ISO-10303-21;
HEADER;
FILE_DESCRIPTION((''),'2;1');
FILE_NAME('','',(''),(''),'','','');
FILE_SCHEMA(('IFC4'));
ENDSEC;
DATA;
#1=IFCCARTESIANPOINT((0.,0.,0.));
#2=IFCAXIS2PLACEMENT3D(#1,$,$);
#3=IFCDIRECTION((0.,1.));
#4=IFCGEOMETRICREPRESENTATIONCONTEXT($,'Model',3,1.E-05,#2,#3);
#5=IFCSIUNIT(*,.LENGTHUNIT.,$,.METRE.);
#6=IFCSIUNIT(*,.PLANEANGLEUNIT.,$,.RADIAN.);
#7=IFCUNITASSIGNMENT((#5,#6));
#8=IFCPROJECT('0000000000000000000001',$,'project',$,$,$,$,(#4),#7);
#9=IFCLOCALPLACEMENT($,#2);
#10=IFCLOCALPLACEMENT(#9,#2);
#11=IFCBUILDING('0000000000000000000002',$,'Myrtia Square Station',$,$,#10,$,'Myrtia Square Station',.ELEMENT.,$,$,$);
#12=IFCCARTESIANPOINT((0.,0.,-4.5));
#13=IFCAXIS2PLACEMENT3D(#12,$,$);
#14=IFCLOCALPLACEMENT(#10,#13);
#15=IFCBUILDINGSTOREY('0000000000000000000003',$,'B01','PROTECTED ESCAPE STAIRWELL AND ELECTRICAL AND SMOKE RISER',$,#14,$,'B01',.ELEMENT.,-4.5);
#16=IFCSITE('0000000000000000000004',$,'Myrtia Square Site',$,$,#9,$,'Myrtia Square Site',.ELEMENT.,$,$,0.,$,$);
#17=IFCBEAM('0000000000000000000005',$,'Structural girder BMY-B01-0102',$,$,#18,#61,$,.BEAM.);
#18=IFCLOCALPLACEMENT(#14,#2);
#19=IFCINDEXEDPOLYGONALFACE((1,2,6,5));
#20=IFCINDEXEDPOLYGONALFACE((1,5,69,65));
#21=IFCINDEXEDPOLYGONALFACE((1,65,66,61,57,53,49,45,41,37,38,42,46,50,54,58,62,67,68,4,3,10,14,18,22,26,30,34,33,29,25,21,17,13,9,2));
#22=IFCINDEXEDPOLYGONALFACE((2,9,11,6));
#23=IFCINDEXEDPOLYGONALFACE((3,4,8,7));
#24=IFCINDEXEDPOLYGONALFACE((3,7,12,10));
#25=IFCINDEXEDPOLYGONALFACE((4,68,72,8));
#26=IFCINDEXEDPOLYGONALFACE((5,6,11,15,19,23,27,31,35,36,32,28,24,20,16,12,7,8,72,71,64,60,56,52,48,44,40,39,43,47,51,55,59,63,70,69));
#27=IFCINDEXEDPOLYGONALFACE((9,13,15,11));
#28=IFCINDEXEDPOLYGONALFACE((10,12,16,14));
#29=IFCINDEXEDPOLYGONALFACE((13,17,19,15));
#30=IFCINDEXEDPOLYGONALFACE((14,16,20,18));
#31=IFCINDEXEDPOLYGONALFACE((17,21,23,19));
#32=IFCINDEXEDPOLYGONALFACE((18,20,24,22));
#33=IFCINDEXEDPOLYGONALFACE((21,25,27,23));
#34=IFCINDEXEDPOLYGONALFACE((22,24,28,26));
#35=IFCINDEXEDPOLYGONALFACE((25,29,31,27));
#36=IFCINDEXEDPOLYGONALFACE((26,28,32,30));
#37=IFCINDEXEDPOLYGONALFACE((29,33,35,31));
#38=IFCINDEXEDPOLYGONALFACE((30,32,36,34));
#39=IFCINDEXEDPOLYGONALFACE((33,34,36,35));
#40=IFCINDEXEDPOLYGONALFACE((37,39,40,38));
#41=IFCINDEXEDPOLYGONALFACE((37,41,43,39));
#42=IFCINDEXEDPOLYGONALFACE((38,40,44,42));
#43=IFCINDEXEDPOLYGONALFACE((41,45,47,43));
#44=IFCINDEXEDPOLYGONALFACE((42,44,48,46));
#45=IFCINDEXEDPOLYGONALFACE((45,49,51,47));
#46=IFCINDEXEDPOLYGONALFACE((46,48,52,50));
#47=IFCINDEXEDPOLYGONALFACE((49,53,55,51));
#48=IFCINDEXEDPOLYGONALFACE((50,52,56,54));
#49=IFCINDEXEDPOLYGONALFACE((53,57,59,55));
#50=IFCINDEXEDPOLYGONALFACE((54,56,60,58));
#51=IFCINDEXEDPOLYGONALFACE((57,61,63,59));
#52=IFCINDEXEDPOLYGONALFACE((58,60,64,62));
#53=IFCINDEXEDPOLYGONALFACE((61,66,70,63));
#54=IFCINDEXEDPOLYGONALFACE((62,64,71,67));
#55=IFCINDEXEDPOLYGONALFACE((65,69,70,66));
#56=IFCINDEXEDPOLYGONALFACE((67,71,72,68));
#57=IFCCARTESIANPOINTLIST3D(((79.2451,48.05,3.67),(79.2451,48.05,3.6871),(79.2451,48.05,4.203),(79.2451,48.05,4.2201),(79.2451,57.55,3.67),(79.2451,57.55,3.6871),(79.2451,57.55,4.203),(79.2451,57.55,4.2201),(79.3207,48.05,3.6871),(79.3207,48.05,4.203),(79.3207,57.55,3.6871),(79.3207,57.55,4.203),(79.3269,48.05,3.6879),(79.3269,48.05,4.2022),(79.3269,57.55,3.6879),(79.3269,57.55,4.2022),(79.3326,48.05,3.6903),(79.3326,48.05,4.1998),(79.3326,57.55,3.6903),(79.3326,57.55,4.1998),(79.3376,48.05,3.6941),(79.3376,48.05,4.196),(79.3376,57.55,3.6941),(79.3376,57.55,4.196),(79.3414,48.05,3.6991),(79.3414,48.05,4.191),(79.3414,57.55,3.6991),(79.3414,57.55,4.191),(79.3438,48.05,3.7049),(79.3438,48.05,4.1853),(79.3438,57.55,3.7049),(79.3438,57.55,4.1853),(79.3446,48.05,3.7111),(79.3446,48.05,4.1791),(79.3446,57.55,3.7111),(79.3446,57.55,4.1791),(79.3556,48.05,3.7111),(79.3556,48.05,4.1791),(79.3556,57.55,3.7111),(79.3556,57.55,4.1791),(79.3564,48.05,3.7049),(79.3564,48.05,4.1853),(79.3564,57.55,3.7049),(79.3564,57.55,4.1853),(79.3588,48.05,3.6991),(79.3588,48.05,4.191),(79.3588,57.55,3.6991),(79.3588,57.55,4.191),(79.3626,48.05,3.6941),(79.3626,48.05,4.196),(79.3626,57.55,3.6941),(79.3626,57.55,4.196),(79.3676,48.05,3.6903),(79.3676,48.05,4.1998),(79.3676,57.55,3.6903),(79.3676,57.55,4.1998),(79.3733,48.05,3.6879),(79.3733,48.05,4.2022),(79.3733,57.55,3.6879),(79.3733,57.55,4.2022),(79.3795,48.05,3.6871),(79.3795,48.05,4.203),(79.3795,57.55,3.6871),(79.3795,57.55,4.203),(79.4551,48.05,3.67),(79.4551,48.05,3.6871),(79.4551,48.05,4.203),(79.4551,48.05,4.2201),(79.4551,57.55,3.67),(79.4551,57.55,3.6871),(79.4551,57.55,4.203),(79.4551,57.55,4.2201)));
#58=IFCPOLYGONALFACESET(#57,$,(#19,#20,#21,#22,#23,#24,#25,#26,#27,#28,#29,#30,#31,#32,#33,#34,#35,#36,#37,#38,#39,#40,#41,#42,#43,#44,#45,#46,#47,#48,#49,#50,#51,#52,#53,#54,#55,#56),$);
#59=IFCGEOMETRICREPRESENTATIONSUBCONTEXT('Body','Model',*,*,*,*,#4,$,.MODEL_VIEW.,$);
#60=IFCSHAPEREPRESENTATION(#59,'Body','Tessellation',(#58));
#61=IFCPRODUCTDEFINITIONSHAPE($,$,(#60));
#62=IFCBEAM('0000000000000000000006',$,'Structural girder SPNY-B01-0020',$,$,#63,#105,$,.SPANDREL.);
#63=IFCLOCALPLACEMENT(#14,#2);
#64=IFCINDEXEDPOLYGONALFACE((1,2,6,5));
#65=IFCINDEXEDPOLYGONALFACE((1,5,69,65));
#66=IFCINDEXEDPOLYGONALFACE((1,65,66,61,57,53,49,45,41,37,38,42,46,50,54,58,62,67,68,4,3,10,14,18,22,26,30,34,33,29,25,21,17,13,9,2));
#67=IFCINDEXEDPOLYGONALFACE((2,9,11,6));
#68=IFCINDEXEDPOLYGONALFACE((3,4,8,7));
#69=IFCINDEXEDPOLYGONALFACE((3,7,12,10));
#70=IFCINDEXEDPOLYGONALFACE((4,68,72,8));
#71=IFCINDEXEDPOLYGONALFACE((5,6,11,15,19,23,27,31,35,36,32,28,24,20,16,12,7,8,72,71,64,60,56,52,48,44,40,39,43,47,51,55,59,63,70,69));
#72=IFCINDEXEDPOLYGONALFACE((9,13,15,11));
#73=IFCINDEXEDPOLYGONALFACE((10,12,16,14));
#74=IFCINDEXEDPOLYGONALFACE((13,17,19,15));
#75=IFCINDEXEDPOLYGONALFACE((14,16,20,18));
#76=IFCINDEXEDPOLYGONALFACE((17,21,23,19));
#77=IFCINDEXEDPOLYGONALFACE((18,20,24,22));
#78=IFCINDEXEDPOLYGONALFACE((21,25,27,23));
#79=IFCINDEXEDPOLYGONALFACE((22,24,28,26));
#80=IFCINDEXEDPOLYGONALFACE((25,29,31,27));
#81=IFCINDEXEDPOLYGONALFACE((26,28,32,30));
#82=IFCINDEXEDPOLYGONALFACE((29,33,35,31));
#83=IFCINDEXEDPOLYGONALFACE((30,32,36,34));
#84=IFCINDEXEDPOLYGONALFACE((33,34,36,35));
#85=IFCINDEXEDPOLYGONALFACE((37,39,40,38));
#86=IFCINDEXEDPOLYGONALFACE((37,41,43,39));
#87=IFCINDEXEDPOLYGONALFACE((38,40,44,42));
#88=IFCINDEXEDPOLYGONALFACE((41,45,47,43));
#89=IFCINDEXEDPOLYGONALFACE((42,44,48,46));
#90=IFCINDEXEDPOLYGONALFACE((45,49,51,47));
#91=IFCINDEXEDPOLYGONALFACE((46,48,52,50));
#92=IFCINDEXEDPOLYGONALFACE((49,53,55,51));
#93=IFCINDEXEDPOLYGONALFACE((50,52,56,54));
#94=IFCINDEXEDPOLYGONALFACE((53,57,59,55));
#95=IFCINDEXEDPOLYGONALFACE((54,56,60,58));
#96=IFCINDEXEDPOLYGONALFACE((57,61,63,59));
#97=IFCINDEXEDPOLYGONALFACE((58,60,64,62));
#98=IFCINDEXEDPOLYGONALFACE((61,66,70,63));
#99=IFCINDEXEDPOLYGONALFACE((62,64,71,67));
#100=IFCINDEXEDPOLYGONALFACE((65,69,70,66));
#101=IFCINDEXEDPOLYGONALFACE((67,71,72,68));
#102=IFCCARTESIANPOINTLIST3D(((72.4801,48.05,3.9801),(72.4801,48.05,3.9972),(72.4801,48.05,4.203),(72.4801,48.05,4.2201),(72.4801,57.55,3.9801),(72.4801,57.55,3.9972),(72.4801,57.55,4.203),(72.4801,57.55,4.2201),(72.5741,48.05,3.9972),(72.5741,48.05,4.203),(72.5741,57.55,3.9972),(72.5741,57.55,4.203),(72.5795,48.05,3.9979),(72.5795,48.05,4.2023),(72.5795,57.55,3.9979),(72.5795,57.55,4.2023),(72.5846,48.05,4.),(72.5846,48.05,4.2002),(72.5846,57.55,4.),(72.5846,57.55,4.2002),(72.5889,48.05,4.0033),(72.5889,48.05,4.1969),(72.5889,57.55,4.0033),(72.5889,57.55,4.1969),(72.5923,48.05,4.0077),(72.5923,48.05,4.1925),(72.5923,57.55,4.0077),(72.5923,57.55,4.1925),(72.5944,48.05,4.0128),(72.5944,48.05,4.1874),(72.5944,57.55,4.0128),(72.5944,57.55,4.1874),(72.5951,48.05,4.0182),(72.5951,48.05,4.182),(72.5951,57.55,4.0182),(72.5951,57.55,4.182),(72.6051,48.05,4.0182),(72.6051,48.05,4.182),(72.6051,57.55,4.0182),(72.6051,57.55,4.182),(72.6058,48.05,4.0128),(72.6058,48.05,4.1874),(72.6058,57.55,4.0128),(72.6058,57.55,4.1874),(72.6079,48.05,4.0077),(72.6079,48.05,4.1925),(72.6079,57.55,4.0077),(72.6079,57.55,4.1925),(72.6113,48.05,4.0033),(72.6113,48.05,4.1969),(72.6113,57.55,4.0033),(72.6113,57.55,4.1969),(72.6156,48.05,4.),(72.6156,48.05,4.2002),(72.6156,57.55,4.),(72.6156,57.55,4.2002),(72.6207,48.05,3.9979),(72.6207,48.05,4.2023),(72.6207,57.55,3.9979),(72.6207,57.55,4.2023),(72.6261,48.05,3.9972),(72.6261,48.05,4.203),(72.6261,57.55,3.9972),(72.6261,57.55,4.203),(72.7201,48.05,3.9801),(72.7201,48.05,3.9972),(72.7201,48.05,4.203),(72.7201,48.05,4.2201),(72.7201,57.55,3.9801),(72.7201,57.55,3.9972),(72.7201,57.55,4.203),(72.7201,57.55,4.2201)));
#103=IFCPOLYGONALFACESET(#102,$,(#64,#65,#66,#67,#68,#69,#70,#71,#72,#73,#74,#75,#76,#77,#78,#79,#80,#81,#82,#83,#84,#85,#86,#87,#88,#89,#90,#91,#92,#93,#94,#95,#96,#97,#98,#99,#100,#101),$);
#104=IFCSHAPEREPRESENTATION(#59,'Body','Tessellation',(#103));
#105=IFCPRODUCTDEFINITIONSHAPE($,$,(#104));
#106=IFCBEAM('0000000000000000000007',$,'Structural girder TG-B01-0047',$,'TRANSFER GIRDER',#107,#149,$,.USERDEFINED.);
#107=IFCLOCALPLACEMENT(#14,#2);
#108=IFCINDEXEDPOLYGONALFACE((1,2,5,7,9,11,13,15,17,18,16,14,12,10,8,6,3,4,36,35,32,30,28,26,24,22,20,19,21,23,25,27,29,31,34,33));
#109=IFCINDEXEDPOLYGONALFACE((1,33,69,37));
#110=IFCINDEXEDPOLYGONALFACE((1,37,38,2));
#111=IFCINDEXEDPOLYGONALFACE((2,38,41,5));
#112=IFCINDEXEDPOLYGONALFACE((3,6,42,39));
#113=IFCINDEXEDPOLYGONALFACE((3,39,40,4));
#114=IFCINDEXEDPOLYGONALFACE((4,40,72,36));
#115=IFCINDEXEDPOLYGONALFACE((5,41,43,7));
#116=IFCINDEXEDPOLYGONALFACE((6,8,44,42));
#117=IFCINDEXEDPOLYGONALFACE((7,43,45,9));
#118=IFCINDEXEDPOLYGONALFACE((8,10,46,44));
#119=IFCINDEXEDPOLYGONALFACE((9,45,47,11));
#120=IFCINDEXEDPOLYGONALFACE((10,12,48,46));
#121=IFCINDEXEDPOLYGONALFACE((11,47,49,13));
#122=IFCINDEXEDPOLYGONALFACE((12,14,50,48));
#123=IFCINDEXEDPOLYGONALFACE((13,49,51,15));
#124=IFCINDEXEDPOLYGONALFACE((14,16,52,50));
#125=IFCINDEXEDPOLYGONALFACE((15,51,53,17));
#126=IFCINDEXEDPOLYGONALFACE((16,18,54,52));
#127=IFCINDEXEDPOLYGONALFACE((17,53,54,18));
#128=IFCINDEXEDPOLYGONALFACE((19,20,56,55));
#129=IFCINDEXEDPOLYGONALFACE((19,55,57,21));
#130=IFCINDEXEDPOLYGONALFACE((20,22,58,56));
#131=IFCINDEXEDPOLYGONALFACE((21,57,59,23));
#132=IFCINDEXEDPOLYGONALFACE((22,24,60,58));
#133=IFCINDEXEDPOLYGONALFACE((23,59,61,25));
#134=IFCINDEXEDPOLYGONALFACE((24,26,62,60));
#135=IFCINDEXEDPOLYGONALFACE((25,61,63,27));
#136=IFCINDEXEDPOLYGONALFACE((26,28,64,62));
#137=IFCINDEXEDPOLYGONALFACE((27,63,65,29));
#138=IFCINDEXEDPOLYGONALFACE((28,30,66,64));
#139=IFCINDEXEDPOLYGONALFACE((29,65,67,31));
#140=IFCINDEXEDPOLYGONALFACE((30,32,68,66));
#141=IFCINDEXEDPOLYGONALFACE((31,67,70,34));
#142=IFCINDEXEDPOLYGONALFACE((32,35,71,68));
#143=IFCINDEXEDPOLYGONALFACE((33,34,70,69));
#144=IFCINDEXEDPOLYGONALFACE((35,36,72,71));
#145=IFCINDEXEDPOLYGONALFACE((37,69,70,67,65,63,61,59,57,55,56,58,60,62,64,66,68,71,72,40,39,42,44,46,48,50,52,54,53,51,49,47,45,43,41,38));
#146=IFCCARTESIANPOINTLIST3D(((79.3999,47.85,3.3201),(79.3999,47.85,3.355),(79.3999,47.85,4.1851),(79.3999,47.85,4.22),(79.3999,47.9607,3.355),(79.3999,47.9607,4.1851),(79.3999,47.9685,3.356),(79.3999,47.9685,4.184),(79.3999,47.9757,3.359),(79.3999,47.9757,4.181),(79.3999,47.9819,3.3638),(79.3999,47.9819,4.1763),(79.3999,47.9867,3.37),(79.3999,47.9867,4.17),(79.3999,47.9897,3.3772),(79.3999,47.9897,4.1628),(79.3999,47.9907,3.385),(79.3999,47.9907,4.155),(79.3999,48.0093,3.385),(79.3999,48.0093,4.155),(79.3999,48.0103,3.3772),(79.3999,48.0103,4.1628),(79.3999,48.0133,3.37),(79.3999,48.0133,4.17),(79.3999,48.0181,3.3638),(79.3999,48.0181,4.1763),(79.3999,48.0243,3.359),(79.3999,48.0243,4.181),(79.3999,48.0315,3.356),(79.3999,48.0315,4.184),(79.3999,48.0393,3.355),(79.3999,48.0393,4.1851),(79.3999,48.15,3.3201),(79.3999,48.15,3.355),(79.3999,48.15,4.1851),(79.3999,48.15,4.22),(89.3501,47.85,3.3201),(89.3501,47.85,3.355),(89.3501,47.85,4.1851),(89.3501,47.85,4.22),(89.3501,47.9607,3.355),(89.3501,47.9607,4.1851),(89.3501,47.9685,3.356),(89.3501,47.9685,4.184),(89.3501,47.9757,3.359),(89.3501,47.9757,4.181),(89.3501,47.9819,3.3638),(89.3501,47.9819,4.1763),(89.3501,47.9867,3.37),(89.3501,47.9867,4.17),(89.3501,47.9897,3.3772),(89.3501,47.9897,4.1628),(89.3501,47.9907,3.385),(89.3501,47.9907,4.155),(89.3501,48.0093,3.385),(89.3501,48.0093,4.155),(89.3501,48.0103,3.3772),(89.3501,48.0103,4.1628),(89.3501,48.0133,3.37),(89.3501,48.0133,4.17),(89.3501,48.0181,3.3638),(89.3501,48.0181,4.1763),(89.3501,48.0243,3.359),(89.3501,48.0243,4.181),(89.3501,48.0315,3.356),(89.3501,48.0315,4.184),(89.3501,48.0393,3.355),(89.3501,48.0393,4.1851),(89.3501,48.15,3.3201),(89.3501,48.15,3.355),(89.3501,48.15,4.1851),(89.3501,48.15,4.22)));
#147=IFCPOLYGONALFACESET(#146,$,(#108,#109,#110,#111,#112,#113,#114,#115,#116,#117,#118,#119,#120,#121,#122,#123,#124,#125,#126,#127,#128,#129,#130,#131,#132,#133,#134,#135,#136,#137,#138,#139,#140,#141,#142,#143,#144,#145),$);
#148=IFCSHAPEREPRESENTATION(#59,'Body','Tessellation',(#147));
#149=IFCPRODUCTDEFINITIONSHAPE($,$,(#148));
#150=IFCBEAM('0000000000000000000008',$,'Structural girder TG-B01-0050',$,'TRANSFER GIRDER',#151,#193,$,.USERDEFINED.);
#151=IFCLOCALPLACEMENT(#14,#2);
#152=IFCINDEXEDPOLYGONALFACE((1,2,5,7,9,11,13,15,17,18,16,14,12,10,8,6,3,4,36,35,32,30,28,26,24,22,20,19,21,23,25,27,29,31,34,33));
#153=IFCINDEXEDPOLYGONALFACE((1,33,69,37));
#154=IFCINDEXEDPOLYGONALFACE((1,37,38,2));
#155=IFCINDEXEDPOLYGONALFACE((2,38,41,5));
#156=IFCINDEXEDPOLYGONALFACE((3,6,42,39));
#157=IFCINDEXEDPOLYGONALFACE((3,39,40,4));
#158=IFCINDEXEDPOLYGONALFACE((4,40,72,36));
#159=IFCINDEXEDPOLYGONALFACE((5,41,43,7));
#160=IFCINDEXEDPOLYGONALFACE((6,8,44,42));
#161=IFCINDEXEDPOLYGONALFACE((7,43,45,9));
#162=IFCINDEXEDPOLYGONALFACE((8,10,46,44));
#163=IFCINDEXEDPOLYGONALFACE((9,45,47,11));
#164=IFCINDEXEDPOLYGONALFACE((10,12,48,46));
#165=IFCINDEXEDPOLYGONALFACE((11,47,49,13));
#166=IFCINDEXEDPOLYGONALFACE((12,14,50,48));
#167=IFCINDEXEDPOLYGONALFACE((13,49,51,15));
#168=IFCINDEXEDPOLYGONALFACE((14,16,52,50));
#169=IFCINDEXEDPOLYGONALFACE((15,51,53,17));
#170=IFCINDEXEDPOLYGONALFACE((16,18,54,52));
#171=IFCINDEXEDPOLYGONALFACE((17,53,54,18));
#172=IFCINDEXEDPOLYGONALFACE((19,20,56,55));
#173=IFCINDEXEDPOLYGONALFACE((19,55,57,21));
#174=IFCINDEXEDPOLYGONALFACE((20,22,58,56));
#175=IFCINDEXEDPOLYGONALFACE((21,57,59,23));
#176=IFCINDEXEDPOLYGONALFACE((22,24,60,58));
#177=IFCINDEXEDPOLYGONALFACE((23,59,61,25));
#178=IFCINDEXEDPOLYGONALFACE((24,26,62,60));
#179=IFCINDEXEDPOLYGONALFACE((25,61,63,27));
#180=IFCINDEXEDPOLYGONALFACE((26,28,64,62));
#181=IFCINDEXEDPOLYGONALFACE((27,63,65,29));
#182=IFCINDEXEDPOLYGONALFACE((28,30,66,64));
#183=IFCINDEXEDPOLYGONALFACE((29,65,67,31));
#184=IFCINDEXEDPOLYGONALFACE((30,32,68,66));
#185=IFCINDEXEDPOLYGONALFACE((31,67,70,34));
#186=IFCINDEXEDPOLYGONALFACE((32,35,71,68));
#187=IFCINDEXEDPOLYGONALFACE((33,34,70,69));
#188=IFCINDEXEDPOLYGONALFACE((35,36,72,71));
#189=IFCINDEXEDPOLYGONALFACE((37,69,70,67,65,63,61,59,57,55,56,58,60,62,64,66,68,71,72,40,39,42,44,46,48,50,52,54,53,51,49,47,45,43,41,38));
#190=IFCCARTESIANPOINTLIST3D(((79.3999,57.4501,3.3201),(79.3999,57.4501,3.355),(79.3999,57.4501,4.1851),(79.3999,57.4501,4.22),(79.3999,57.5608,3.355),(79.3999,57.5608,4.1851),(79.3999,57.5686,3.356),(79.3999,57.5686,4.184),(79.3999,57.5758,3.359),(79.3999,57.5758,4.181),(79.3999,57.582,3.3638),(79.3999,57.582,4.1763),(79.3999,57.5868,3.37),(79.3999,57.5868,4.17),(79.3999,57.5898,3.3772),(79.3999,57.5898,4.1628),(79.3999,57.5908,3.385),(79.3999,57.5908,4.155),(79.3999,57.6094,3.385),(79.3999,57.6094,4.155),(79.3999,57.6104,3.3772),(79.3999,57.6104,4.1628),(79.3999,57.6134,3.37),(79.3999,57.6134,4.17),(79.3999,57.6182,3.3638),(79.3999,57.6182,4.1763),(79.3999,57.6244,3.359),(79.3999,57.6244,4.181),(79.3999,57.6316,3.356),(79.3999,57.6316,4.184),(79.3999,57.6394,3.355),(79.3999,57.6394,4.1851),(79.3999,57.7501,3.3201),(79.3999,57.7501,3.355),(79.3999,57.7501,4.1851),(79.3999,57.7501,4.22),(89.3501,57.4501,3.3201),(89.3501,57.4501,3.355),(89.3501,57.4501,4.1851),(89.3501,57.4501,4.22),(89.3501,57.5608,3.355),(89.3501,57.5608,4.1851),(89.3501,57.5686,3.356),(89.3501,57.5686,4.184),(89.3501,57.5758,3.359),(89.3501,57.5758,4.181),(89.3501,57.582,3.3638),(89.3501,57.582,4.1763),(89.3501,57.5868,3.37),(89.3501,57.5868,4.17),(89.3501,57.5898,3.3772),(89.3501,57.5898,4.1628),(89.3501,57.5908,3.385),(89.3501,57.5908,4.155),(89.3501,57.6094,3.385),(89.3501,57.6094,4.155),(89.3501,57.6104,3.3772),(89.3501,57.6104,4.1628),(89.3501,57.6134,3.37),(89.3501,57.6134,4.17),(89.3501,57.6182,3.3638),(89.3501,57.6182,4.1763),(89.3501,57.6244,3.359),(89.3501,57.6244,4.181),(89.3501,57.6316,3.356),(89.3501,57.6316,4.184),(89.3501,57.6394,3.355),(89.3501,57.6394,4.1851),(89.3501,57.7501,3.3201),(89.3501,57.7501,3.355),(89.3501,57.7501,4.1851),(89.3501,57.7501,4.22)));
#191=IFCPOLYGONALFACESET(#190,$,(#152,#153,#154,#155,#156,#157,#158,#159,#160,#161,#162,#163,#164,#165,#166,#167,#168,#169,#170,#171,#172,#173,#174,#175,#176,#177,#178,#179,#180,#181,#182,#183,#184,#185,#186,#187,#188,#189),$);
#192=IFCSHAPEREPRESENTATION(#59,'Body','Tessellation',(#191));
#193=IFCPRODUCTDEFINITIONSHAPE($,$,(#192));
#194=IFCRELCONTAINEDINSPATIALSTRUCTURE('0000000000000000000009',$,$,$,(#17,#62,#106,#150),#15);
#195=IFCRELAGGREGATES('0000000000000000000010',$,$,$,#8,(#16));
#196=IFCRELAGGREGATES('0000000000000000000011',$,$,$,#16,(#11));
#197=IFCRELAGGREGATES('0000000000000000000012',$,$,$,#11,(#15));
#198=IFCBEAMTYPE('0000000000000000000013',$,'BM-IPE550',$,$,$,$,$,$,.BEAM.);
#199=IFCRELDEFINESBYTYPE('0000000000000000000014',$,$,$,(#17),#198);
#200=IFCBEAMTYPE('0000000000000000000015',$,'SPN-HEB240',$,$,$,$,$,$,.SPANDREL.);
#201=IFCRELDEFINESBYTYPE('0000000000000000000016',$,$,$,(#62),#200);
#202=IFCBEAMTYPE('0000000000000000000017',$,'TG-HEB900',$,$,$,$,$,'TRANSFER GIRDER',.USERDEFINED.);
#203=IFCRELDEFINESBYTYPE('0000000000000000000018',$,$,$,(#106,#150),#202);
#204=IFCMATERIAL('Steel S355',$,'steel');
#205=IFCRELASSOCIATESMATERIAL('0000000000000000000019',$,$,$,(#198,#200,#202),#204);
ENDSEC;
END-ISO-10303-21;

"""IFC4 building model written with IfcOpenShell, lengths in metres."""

from ifc_helpers import new_model, si_unit, direction, frame, origin, origin_2d, place, context, subcontext, project, spatial, i_section, extrude, material, material_profile, profile_set, type_object, element, save


model = new_model("IFC4")

# Units and contexts
model_context = context("Model", 3, precision=1e-05, world=origin(), true_north=direction((0.0, 1.0)))
body_context = subcontext(model_context, "Body", "Model", "MODEL_VIEW")
ifc_project = project(units=[si_unit("LENGTHUNIT", "METRE"), si_unit("PLANEANGLEUNIT", "RADIAN")], contexts=[model_context])

# Site, building, storey
site_placement = place(None, origin())
site = spatial("IfcSite", under=ifc_project, at=site_placement, Name="Myrtia Square Site", LongName="Myrtia Square Site", CompositionType="ELEMENT", RefElevation=0.0)
building_placement = place(site_placement, origin())
building = spatial("IfcBuilding", under=site, at=building_placement, Name="Myrtia Square Station", LongName="Myrtia Square Station", CompositionType="ELEMENT")
storey_placement = place(building_placement, frame((0.0, 0.0, -4.5)))
storey = spatial("IfcBuildingStorey", under=building, at=storey_placement, Name="B01", Description="PROTECTED ESCAPE STAIRWELL AND ELECTRICAL AND SMOKE RISER", LongName="B01", CompositionType="ELEMENT", Elevation=-4.5)

# Shared definitions
ifc_material_1 = material(Name="Steel S355", Category="steel")

# Beams
ifc_material_profile_1 = material_profile(ifc_material_1, i_section(OverallWidth=0.21, OverallDepth=0.55, WebThickness=0.011, FlangeThickness=0.0171, FilletRadius=0.0239, at=origin_2d()), Name="IPE 550")
ifc_profile_set_1 = profile_set([ifc_material_profile_1], Name="Steel S355")
beam_type_1 = type_object("IfcBeamType", Name="BM-IPE550", PredefinedType="BEAM", material=ifc_profile_set_1)
beam_1_placement = place(storey_placement, frame((79.3501, 48.05, 3.9451), z_axis=(0.0, 1.0, 0.0), x_axis=(-1.0, 0.0, 0.0)))
element("IfcBeam", 1, at=beam_1_placement, inside=storey, type_object=beam_type_1, Name="Structural girder BMY-B01-0102", PredefinedType="BEAM", context=body_context, shape_type="SweptSolid", body=[
    extrude(i_section(OverallWidth=0.21, OverallDepth=0.55, WebThickness=0.011, FlangeThickness=0.0171, FilletRadius=0.0239, at=origin_2d()), origin(), (0.0, 0.0, 1.0), 9.5),
])
ifc_material_profile_2 = material_profile(ifc_material_1, i_section(OverallWidth=0.24, OverallDepth=0.24, WebThickness=0.01, FlangeThickness=0.0171, FilletRadius=0.021, at=origin_2d()), Name="HEB 240")
ifc_profile_set_2 = profile_set([ifc_material_profile_2], Name="Steel S355")
beam_type_2 = type_object("IfcBeamType", Name="SPN-HEB240", PredefinedType="SPANDREL", material=ifc_profile_set_2)
beam_2_placement = place(storey_placement, frame((72.6001, 48.05, 4.1001), z_axis=(0.0, 1.0, 0.0), x_axis=(-1.0, 0.0, 0.0)))
element("IfcBeam", 2, at=beam_2_placement, inside=storey, type_object=beam_type_2, Name="Structural girder SPNY-B01-0020", PredefinedType="SPANDREL", context=body_context, shape_type="SweptSolid", body=[
    extrude(i_section(OverallWidth=0.24, OverallDepth=0.24, WebThickness=0.01, FlangeThickness=0.0171, FilletRadius=0.021, at=origin_2d()), origin(), (0.0, 0.0, 1.0), 9.5),
])
ifc_material_profile_3 = material_profile(ifc_material_1, i_section(OverallWidth=0.3, OverallDepth=0.8999, WebThickness=0.0186, FlangeThickness=0.0349, FilletRadius=0.03, at=origin_2d()), Name="HEB 900")
ifc_profile_set_3 = profile_set([ifc_material_profile_3], Name="Steel S355")
beam_type_3 = type_object("IfcBeamType", Name="TG-HEB900", ElementType="TRANSFER GIRDER", PredefinedType="USERDEFINED", material=ifc_profile_set_3)
for number, where, z_axis, x_axis, name in (
    (3, (79.3999, 48.0, 3.77), (1.0, 0.0, 0.0), (0.0, 1.0, 0.0), "Structural girder TG-B01-0047"),
    (4, (79.3999, 57.6001, 3.77), (1.0, 0.0, 0.0), (0.0, 1.0, 0.0), "Structural girder TG-B01-0050"),
):
    element("IfcBeam", number, at=place(storey_placement, frame(where, z_axis=z_axis, x_axis=x_axis)), inside=storey, type_object=beam_type_3, Name=name, ObjectType="TRANSFER GIRDER", PredefinedType="USERDEFINED", context=body_context, shape_type="SweptSolid", body=[
        extrude(i_section(OverallWidth=0.3, OverallDepth=0.8999, WebThickness=0.0186, FlangeThickness=0.0349, FilletRadius=0.03, at=origin_2d()), origin(), (0.0, 0.0, 1.0), 9.9502),
    ])

save(model, "model.ifc")
